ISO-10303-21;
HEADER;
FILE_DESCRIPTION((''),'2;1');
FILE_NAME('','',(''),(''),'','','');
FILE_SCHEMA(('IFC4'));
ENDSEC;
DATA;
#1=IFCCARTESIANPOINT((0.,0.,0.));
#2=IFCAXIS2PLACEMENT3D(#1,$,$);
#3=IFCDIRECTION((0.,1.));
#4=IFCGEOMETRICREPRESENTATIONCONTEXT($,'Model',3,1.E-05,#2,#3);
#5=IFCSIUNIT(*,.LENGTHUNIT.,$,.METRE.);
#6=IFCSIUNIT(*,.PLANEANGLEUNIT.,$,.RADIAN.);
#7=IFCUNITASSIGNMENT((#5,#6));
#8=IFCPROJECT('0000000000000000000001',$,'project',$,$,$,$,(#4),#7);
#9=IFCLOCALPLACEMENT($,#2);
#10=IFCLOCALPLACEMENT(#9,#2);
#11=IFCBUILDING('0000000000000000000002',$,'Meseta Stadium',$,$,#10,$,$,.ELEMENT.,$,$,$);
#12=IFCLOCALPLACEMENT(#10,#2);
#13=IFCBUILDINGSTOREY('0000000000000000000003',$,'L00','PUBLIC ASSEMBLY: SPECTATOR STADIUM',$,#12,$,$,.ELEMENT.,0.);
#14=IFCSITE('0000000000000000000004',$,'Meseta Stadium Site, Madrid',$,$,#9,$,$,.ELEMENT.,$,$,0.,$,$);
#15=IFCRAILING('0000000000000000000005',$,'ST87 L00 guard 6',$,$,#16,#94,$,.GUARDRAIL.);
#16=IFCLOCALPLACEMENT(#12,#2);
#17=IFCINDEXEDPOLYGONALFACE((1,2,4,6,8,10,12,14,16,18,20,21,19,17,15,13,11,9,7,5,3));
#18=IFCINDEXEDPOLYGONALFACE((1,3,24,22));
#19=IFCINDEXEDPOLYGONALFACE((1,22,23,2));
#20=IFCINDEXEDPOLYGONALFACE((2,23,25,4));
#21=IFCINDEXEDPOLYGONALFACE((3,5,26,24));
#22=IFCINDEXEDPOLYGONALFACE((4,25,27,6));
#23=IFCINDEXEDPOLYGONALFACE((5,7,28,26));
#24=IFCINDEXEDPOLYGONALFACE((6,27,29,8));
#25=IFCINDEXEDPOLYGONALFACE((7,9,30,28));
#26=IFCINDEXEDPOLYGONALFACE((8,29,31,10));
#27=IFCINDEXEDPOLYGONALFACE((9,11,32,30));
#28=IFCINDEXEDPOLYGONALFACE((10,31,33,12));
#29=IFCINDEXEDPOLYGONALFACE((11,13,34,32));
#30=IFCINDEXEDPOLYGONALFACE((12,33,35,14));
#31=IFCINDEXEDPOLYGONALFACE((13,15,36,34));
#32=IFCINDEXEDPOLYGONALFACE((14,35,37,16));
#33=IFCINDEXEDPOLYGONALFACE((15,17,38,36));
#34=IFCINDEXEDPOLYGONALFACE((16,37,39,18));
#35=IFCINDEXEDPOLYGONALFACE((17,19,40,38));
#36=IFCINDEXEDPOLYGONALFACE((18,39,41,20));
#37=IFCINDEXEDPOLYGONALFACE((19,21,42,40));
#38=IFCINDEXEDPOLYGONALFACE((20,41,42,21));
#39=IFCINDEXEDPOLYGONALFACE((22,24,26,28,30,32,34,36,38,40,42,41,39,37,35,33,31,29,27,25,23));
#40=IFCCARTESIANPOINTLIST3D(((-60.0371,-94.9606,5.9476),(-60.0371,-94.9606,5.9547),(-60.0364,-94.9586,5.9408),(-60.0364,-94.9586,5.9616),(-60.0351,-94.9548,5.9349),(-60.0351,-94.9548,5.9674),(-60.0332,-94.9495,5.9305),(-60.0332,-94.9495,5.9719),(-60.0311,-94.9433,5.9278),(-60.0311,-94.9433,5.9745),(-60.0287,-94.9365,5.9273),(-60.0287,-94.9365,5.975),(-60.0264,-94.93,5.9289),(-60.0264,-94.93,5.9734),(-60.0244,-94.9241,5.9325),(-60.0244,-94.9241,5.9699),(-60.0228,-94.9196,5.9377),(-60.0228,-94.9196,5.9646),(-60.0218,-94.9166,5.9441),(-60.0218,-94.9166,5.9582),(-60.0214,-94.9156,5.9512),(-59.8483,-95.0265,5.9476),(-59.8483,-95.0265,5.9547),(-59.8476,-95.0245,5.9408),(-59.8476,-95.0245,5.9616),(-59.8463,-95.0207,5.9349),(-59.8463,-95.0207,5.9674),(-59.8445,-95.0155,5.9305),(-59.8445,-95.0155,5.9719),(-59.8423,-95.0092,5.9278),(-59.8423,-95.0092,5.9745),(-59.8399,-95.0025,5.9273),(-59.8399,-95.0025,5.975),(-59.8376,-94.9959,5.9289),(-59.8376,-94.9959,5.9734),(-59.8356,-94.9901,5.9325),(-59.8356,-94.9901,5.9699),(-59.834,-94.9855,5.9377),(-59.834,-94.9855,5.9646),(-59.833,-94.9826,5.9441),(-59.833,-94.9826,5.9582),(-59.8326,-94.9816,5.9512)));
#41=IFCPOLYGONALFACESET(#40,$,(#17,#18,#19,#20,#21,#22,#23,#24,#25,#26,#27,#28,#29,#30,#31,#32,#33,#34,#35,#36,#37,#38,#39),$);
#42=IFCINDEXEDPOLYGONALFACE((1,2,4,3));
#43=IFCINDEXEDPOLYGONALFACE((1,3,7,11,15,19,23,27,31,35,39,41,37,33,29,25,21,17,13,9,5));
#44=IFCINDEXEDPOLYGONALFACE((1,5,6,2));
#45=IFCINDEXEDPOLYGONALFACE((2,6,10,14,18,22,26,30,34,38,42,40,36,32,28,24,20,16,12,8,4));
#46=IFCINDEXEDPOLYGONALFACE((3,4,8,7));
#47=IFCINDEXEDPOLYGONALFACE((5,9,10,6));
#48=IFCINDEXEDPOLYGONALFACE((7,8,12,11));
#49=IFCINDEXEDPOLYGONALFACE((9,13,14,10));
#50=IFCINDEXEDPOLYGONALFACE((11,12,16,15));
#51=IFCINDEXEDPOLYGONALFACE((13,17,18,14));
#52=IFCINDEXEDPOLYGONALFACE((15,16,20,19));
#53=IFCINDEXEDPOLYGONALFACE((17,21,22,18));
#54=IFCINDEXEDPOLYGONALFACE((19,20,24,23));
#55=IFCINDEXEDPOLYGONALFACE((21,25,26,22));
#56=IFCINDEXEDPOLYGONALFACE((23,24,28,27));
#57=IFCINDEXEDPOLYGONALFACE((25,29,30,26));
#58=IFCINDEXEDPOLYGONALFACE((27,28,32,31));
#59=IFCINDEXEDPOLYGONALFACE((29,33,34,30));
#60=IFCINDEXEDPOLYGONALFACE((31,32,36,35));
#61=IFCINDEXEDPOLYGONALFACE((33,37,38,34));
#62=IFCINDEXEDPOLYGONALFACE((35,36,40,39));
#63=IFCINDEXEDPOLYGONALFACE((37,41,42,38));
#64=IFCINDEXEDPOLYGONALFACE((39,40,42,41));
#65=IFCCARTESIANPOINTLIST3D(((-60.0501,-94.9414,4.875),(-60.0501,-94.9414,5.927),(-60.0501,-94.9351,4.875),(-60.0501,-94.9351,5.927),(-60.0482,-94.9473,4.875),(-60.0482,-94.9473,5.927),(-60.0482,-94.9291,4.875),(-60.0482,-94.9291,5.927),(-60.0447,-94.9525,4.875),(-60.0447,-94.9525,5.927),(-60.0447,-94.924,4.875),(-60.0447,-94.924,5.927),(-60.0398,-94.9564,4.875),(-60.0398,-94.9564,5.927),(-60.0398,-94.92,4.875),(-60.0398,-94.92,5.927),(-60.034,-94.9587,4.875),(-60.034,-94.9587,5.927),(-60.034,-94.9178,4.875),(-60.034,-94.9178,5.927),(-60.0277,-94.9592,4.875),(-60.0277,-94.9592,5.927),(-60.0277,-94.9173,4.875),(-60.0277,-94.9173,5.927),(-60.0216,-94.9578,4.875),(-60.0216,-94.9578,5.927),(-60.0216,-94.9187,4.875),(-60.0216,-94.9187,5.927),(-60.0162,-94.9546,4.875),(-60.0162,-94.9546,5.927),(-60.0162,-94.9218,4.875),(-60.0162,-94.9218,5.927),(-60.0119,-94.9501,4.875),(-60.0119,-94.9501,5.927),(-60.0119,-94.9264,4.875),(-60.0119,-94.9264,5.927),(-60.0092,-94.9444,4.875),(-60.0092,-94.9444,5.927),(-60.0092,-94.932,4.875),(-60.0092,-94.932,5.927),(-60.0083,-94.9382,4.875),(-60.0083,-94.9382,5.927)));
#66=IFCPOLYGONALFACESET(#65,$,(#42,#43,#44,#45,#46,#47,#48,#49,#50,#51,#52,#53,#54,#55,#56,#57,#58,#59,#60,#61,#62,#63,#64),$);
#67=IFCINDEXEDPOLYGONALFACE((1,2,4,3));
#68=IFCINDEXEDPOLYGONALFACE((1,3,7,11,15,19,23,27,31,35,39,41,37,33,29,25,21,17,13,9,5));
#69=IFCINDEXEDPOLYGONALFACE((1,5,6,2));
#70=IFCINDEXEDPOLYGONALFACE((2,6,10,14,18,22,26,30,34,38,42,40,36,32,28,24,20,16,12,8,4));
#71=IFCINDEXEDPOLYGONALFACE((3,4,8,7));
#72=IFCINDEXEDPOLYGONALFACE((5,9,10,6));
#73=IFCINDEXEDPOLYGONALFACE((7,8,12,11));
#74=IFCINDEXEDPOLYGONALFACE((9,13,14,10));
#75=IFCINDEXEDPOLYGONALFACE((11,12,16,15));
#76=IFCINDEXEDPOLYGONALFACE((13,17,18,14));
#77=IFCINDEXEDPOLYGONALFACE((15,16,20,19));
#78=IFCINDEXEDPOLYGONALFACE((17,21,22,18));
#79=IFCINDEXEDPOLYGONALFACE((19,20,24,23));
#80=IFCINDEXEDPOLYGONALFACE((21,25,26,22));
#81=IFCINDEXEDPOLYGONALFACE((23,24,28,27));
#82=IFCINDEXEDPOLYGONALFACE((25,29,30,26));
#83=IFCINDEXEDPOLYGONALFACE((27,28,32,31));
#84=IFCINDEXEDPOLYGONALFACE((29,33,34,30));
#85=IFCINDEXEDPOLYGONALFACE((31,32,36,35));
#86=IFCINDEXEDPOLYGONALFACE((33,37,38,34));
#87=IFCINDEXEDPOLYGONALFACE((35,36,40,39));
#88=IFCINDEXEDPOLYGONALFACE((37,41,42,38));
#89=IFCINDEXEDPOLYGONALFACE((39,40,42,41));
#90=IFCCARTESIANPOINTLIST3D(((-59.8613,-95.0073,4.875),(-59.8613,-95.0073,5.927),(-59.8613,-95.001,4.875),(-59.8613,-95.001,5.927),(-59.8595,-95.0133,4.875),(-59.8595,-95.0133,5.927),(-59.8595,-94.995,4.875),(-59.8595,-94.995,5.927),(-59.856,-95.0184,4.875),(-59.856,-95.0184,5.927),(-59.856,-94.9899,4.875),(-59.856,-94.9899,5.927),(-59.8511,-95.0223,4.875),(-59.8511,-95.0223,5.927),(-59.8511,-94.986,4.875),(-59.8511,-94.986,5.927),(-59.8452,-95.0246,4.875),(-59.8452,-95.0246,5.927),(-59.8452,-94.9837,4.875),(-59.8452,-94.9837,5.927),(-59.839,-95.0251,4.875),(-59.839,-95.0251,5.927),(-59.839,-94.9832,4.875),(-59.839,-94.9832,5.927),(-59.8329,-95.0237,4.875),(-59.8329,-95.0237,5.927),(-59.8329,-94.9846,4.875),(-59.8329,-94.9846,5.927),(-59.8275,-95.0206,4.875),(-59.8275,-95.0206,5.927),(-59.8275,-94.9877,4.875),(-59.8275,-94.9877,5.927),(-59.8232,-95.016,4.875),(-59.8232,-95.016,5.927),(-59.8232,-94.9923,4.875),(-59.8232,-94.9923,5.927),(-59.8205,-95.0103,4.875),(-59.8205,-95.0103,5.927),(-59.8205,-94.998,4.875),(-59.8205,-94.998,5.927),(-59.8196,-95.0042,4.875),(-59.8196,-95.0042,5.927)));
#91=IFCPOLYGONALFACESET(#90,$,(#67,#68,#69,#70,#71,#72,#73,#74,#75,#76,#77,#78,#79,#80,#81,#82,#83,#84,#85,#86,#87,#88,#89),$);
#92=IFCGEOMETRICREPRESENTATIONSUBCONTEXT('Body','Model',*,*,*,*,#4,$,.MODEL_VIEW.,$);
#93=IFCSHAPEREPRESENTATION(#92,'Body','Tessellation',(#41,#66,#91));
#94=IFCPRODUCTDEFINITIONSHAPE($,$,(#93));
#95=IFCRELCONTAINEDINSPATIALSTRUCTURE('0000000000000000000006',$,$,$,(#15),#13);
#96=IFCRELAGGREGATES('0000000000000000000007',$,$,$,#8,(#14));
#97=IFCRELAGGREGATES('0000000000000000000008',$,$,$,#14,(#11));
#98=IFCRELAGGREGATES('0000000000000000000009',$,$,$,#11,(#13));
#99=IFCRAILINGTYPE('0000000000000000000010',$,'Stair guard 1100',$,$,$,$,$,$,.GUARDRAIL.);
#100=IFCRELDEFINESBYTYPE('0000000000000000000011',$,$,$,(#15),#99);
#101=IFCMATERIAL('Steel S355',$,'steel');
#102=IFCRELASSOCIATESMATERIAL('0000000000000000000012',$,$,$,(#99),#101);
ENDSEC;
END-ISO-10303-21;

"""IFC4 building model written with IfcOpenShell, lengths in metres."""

from ifc_helpers import new_model, si_unit, direction, frame, origin, origin_2d, place, context, subcontext, project, spatial, circle, extrude, material, type_object, element, save


model = new_model("IFC4")

# Units and contexts
model_context = context("Model", 3, precision=1e-05, world=origin(), true_north=direction((0.0, 1.0)))
body_context = subcontext(model_context, "Body", "Model", "MODEL_VIEW")
ifc_project = project(units=[si_unit("LENGTHUNIT", "METRE"), si_unit("PLANEANGLEUNIT", "RADIAN")], contexts=[model_context])

# Site, building, storey
site_placement = place(None, origin())
site = spatial("IfcSite", under=ifc_project, at=site_placement, Name="Meseta Stadium Site, Madrid", CompositionType="ELEMENT", RefElevation=0.0)
building_placement = place(site_placement, origin())
building = spatial("IfcBuilding", under=site, at=building_placement, Name="Meseta Stadium", CompositionType="ELEMENT")
storey_placement = place(building_placement, origin())
storey = spatial("IfcBuildingStorey", under=building, at=storey_placement, Name="L00", Description="PUBLIC ASSEMBLY: SPECTATOR STADIUM", CompositionType="ELEMENT", Elevation=0.0)

# Railing
ifc_material_1 = material(Name="Steel S355", Category="steel")
railing_type_1 = type_object("IfcRailingType", Name="Stair guard 1100", PredefinedType="GUARDRAIL", material=ifc_material_1)
railing_1_placement = place(storey_placement, frame((-60.0293, -94.9382, 4.875)))
element("IfcRailing", 1, at=railing_1_placement, inside=storey, type_object=railing_type_1, Name="ST87 L00 guard 6", PredefinedType="GUARDRAIL", context=body_context, shape_type="SweptSolid", body=[
    extrude(circle(Radius=0.0239, at=origin_2d()), frame((0.0, 0.0, 1.0762), z_axis=(0.944068, -0.329752, 0.0), x_axis=(0.329752, 0.944068, 0.0)), (0.0, 0.0, 1.0), 0.2),
    extrude(circle(Radius=0.021, at=origin_2d()), origin(), (0.0, 0.0, 1.0), 1.052),
    extrude(circle(Radius=0.021, at=origin_2d()), frame((0.1887, -0.0659, 0.0)), (0.0, 0.0, 1.0), 1.052),
])

save(model, "model.ifc")
